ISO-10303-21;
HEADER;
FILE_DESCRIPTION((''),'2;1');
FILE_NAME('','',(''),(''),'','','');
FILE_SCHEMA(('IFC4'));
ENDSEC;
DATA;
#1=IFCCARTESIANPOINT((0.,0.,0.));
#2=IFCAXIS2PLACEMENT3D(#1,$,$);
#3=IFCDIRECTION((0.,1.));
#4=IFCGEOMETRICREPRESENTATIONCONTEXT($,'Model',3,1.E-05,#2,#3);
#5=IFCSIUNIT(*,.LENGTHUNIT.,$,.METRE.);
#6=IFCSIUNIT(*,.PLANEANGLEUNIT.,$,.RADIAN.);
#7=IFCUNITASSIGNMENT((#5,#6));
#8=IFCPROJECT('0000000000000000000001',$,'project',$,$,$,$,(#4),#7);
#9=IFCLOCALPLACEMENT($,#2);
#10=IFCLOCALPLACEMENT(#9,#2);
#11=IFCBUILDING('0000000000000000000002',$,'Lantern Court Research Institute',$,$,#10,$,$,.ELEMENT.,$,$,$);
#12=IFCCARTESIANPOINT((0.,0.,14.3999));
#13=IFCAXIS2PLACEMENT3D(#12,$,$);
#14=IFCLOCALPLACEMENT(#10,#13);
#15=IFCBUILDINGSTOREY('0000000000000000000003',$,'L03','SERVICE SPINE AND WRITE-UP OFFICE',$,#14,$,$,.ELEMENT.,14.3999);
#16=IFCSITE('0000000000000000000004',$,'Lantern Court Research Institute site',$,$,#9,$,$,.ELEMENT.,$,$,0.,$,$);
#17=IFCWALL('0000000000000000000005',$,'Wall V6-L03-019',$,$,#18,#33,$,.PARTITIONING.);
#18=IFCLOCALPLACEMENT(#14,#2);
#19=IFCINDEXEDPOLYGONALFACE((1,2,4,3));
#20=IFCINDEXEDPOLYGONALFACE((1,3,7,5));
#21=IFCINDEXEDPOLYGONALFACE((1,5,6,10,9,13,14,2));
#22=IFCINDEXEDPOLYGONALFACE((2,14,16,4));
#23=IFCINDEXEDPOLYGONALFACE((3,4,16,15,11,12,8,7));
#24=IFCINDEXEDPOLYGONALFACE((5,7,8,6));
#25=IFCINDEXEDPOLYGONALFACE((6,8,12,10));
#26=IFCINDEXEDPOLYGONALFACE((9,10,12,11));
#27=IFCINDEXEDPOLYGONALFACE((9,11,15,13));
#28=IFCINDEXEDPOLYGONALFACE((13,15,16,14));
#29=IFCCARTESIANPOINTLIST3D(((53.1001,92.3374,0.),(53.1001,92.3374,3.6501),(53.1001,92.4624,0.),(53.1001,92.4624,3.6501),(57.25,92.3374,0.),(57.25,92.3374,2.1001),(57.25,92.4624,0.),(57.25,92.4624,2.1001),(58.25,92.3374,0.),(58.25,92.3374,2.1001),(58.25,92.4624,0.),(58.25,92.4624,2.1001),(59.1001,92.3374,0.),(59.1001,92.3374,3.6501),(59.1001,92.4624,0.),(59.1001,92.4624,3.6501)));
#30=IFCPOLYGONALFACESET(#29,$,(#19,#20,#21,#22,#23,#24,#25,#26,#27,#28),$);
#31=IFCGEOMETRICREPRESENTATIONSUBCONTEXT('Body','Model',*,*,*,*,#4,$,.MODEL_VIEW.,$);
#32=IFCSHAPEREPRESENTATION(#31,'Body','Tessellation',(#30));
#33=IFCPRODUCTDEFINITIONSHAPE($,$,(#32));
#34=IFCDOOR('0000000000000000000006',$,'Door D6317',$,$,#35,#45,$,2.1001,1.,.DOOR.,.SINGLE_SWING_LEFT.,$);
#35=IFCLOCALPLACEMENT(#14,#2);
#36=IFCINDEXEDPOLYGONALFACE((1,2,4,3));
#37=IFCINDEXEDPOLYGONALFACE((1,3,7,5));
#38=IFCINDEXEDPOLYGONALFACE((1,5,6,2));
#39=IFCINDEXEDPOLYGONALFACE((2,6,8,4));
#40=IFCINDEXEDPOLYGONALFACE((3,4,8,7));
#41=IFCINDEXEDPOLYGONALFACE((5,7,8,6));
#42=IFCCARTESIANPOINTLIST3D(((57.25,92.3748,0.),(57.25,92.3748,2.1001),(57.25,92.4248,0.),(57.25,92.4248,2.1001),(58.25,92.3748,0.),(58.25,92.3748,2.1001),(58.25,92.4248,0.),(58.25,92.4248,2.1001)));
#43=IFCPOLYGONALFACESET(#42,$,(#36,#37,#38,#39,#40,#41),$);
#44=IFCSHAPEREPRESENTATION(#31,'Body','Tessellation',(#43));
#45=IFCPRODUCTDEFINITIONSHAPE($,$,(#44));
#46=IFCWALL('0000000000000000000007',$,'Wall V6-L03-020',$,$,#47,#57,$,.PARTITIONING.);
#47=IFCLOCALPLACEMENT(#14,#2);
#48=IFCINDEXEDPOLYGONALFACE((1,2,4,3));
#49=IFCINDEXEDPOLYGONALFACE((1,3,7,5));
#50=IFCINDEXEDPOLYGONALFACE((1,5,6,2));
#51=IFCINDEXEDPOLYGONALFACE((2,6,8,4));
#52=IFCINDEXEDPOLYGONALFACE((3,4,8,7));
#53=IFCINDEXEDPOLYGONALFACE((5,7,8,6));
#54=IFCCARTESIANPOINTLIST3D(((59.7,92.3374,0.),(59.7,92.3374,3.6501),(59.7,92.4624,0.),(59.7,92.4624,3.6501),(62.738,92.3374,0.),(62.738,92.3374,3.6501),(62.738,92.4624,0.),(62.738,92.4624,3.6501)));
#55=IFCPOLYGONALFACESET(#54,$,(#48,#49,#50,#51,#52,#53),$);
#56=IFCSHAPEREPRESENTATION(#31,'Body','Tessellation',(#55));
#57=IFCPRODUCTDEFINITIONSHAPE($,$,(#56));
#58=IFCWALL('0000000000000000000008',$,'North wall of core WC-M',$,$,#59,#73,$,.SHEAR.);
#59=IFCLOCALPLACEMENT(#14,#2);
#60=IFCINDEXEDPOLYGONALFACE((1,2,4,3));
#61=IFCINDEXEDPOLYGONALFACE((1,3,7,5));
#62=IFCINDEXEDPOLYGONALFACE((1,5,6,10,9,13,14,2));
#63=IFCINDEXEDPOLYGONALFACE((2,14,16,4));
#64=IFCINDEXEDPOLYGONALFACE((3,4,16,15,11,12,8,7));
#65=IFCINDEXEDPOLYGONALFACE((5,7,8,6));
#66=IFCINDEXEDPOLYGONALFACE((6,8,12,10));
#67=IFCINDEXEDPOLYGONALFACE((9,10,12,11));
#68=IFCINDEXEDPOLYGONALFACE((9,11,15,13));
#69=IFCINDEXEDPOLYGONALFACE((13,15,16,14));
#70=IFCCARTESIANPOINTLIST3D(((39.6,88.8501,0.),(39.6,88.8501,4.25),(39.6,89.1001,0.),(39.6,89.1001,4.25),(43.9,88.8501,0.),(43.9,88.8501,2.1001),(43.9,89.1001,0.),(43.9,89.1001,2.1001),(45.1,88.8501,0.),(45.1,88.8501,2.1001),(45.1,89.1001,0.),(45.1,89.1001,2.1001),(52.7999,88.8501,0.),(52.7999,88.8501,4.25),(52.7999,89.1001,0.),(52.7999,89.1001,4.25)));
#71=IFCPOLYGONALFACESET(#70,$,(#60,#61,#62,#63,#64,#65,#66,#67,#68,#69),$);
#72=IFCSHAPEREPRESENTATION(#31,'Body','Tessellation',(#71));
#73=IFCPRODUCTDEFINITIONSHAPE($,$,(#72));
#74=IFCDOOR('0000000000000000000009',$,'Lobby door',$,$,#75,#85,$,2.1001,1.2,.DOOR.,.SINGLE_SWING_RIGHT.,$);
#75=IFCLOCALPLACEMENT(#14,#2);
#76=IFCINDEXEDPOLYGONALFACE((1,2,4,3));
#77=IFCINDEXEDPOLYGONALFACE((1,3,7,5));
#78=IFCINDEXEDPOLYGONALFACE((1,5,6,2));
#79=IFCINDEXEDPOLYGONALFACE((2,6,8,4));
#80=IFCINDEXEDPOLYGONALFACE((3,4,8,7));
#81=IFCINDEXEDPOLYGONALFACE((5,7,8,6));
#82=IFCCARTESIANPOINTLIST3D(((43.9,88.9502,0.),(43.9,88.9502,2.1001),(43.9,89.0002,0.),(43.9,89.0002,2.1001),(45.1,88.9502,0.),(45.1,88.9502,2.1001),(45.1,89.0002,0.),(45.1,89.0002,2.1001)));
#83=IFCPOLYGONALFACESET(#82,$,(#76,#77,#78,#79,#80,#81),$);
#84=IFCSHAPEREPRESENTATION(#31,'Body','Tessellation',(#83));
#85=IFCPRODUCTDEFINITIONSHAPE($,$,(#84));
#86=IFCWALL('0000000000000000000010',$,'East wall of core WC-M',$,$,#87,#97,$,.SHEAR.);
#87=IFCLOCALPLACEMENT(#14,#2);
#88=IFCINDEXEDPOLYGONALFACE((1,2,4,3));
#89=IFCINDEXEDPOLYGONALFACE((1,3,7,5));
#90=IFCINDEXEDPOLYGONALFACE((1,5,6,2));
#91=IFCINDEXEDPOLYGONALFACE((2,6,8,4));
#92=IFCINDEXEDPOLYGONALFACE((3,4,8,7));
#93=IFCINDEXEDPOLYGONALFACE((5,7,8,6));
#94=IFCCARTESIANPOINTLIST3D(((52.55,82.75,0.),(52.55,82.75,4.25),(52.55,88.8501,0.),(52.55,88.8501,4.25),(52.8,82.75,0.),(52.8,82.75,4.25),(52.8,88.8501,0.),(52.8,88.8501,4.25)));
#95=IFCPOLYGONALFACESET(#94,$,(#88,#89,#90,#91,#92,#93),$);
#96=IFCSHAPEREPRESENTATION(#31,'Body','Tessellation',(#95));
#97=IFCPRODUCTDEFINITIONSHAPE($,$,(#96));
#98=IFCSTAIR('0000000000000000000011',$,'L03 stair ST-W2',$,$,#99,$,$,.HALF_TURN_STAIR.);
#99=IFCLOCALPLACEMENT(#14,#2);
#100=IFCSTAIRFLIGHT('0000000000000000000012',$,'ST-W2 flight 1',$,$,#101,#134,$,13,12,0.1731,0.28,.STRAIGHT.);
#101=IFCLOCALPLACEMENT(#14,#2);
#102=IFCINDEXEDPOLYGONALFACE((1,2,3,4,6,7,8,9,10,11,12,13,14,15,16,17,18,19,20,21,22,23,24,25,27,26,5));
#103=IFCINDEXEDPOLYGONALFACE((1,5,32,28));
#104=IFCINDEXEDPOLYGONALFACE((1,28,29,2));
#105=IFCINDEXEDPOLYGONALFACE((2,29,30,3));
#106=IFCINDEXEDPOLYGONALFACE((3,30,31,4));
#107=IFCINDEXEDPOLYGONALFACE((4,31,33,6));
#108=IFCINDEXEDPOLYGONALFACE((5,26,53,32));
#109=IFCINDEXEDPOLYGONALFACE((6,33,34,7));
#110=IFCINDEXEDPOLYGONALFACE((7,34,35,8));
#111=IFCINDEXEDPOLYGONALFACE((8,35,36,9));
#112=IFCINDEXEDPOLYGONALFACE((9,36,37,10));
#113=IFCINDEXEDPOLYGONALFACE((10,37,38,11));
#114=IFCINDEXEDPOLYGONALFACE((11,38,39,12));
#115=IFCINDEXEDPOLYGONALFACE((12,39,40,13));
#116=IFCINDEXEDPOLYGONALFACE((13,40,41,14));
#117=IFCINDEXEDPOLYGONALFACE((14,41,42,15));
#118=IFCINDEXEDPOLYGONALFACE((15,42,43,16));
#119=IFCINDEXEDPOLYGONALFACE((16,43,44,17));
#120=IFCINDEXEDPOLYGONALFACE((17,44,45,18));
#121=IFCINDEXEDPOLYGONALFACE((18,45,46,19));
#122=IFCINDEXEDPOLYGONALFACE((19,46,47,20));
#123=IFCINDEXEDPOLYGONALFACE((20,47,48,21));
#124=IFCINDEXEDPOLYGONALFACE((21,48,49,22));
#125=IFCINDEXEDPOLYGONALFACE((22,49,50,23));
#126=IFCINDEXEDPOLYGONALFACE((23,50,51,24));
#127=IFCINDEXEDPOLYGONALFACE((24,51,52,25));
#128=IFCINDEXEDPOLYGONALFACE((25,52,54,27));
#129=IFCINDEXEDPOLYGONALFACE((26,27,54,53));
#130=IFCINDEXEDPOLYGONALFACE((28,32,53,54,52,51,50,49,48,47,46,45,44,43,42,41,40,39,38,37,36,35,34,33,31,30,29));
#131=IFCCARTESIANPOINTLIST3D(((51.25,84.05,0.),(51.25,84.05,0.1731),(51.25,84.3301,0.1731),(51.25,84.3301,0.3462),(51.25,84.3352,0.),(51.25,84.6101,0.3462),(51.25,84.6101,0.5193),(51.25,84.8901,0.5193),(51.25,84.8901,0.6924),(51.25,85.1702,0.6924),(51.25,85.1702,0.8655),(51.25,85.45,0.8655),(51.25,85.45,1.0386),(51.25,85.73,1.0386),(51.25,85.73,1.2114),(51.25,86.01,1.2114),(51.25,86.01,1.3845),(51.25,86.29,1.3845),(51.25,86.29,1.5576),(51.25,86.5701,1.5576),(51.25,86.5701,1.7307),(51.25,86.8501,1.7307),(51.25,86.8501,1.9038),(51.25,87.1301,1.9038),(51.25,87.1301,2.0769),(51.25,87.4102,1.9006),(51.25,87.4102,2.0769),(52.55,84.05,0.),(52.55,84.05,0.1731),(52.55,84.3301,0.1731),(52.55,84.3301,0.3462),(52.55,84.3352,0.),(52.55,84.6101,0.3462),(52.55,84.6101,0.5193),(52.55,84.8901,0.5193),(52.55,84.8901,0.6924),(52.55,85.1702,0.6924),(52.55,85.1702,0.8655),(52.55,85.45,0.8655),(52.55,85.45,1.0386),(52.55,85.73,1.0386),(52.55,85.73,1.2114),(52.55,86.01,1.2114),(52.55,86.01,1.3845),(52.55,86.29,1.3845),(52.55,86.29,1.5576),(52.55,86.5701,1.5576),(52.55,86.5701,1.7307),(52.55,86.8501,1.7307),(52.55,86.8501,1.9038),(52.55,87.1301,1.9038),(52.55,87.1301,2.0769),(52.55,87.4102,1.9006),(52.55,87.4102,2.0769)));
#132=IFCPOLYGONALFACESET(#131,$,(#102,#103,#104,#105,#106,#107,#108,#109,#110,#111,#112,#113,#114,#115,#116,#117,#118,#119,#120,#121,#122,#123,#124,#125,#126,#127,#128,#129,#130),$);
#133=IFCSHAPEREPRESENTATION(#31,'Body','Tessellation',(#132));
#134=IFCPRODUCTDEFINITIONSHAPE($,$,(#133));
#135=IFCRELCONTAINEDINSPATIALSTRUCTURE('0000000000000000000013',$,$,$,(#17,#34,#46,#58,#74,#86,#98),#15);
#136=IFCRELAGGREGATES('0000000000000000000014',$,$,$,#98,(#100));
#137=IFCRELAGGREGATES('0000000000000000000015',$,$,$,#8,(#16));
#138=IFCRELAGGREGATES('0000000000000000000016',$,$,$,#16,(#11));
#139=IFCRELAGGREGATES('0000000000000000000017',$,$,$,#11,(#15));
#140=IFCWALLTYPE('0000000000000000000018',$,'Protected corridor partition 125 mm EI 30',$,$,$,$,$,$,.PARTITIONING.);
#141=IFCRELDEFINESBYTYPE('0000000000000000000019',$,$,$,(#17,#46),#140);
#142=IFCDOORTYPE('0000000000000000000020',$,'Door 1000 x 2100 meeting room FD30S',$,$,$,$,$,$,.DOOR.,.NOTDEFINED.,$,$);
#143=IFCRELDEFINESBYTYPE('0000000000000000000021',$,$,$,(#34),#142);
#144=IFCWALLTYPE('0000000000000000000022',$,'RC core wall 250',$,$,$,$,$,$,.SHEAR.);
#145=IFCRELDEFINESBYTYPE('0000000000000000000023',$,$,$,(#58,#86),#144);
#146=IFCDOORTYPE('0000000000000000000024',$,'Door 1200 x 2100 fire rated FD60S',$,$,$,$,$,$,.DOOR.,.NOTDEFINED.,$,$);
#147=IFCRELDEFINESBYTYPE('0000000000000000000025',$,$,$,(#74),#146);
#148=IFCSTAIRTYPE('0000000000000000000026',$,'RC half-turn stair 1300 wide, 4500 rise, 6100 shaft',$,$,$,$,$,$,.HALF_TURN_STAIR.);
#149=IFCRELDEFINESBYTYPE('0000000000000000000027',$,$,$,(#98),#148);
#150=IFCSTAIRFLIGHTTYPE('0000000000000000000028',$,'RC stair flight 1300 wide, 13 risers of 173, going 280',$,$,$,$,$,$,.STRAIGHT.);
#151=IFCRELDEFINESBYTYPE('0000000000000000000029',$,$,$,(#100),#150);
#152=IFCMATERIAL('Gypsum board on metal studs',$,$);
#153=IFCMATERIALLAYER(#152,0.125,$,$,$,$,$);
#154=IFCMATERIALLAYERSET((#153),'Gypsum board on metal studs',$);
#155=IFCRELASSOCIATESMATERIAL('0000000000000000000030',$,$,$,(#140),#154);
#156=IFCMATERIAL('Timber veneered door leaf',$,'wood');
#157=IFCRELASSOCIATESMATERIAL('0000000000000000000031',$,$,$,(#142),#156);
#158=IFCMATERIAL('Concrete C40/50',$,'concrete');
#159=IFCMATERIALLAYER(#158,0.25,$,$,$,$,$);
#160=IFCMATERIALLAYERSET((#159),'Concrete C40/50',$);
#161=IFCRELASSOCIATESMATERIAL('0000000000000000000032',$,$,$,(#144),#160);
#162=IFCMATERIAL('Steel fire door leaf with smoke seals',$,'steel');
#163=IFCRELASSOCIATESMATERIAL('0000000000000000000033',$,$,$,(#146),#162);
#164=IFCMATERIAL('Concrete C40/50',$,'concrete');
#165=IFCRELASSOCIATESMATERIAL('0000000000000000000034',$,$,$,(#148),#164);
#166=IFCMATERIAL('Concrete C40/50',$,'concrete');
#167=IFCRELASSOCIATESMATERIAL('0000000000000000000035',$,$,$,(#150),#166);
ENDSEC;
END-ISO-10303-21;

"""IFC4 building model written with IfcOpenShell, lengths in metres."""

from ifc_helpers import new_model, si_unit, direction, frame, frame_2d, origin, place, context, subcontext, project, spatial, polyline, rectangle, outline, extrude, material, layer, layer_set, type_object, element, fill, aggregate, save


model = new_model("IFC4")

# Units and contexts
model_context = context("Model", 3, precision=1e-05, world=origin(), true_north=direction((0.0, 1.0)))
body_context = subcontext(model_context, "Body", "Model", "MODEL_VIEW")
ifc_project = project(units=[si_unit("LENGTHUNIT", "METRE"), si_unit("PLANEANGLEUNIT", "RADIAN")], contexts=[model_context])

# Site, building, storey
site_placement = place(None, origin())
site = spatial("IfcSite", under=ifc_project, at=site_placement, Name="Lantern Court Research Institute site", CompositionType="ELEMENT", RefElevation=0.0)
building_placement = place(site_placement, origin())
building = spatial("IfcBuilding", under=site, at=building_placement, Name="Lantern Court Research Institute", CompositionType="ELEMENT")
storey_placement = place(building_placement, frame((0.0, 0.0, 14.3999)))
storey = spatial("IfcBuildingStorey", under=building, at=storey_placement, Name="L03", Description="SERVICE SPINE AND WRITE-UP OFFICE", CompositionType="ELEMENT", Elevation=14.3999)

# Shared definitions
ifc_material_1 = material(Name="Gypsum board on metal studs")
ifc_layer_1 = layer(ifc_material_1, 0.125)
ifc_layer_set_1 = layer_set([ifc_layer_1], Name="Gypsum board on metal studs")
wall_type_1 = type_object("IfcWallType", Name="Protected corridor partition 125 mm EI 30", PredefinedType="PARTITIONING", material=ifc_layer_set_1)

# Wall, opening, door
wall_1_placement = place(storey_placement, frame((53.1001, 92.3999, 0.0), z_axis=(0.0, 0.0, 1.0), x_axis=(1.0, 0.0, 0.0)))
wall_1 = element("IfcWall", 1, at=wall_1_placement, inside=storey, type_object=wall_type_1, Name="Wall V6-L03-019", PredefinedType="PARTITIONING", context=body_context, shape_type="SweptSolid", body=[
    extrude(rectangle(XDim=6.0, YDim=0.125, at=frame_2d((3.0, 0.0))), origin(), (0.0, 0.0, 1.0), 3.6501),
])
opening_1_placement = place(wall_1_placement, frame((4.1499, 0.0, 0.0)))
opening_1 = element("IfcOpeningElement", 2, at=opening_1_placement, cuts=wall_1, PredefinedType="OPENING", context=body_context, shape_type="SweptSolid", body=[
    extrude(rectangle(XDim=1.0, YDim=2.1001, at=frame_2d((0.5, 1.05))), frame((0.0, 0.0725, 0.0), z_axis=(0.0, -1.0, 0.0), x_axis=(1.0, 0.0, 0.0)), (0.0, 0.0, 1.0), 0.145),
])
ifc_material_2 = material(Name="Timber veneered door leaf", Category="wood")
door_type_1 = type_object("IfcDoorType", Name="Door 1000 x 2100 meeting room FD30S", OperationType="NOTDEFINED", PredefinedType="DOOR", material=ifc_material_2)
door_1_placement = place(opening_1_placement, origin())
door_1 = element("IfcDoor", 3, at=door_1_placement, inside=storey, type_object=door_type_1, Name="Door D6317", OperationType="SINGLE_SWING_LEFT", OverallHeight=2.1001, OverallWidth=1.0, PredefinedType="DOOR", context=body_context, shape_type="SweptSolid", body=[
    extrude(rectangle(XDim=1.0, YDim=2.1001, at=frame_2d((0.5, 1.05))), frame((0.0, 0.0249, 0.0), z_axis=(0.0, -1.0, 0.0), x_axis=(1.0, 0.0, 0.0)), (0.0, 0.0, 1.0), 0.05),
])
fill(opening_1, door_1)

# Wall
wall_2_placement = place(storey_placement, frame((59.7, 92.3999, 0.0), z_axis=(0.0, 0.0, 1.0), x_axis=(1.0, 0.0, 0.0)))
element("IfcWall", 4, at=wall_2_placement, inside=storey, type_object=wall_type_1, Name="Wall V6-L03-020", PredefinedType="PARTITIONING", context=body_context, shape_type="SweptSolid", body=[
    extrude(rectangle(XDim=3.0381, YDim=0.125, at=frame_2d((1.519, 0.0))), origin(), (0.0, 0.0, 1.0), 3.6501),
])

# Wall, opening, door
ifc_material_3 = material(Name="Concrete C40/50", Category="concrete")
ifc_layer_2 = layer(ifc_material_3, 0.25)
ifc_layer_set_2 = layer_set([ifc_layer_2], Name="Concrete C40/50")
wall_type_2 = type_object("IfcWallType", Name="RC core wall 250", PredefinedType="SHEAR", material=ifc_layer_set_2)
wall_3_placement = place(storey_placement, frame((52.8, 88.9751, 0.0), z_axis=(0.0, 0.0, 1.0), x_axis=(-1.0, 0.0, 0.0)))
wall_3 = element("IfcWall", 5, at=wall_3_placement, inside=storey, type_object=wall_type_2, Name="North wall of core WC-M", PredefinedType="SHEAR", context=body_context, shape_type="SweptSolid", body=[
    extrude(rectangle(XDim=13.2, YDim=0.25, at=frame_2d((6.6001, 0.0))), origin(), (0.0, 0.0, 1.0), 4.25),
])
opening_2_placement = place(wall_3_placement, frame((7.7, 0.0, 0.0)))
opening_2 = element("IfcOpeningElement", 6, at=opening_2_placement, cuts=wall_3, PredefinedType="OPENING", context=body_context, shape_type="SweptSolid", body=[
    extrude(rectangle(XDim=1.2, YDim=2.1001, at=frame_2d((0.6001, 1.05))), frame((0.0, 0.135, 0.0), z_axis=(0.0, -1.0, 0.0), x_axis=(1.0, 0.0, 0.0)), (0.0, 0.0, 1.0), 0.27),
])
ifc_material_4 = material(Name="Steel fire door leaf with smoke seals", Category="steel")
door_type_2 = type_object("IfcDoorType", Name="Door 1200 x 2100 fire rated FD60S", OperationType="NOTDEFINED", PredefinedType="DOOR", material=ifc_material_4)
door_2_placement = place(opening_2_placement, origin())
door_2 = element("IfcDoor", 7, at=door_2_placement, inside=storey, type_object=door_type_2, Name="Lobby door", OperationType="SINGLE_SWING_RIGHT", OverallHeight=2.1001, OverallWidth=1.2, PredefinedType="DOOR", context=body_context, shape_type="SweptSolid", body=[
    extrude(rectangle(XDim=1.2, YDim=2.1001, at=frame_2d((0.6001, 1.05))), frame((0.0, 0.0249, 0.0), z_axis=(0.0, -1.0, 0.0), x_axis=(1.0, 0.0, 0.0)), (0.0, 0.0, 1.0), 0.05),
])
fill(opening_2, door_2)

# Wall
wall_4_placement = place(storey_placement, frame((52.675, 88.8501, 0.0), z_axis=(0.0, 0.0, 1.0), x_axis=(0.0, -1.0, 0.0)))
element("IfcWall", 8, at=wall_4_placement, inside=storey, type_object=wall_type_2, Name="East wall of core WC-M", PredefinedType="SHEAR", context=body_context, shape_type="SweptSolid", body=[
    extrude(rectangle(XDim=6.1001, YDim=0.25, at=frame_2d((3.05, 0.0))), origin(), (0.0, 0.0, 1.0), 4.25),
])

# Stair, stair flight
ifc_material_5 = material(Name="Concrete C40/50", Category="concrete")
stair_type = type_object("IfcStairType", Name="RC half-turn stair 1300 wide, 4500 rise, 6100 shaft", PredefinedType="HALF_TURN_STAIR", material=ifc_material_5)
stair_placement = place(storey_placement, origin())
stair = element("IfcStair", 9, at=stair_placement, inside=storey, type_object=stair_type, Name="L03 stair ST-W2", PredefinedType="HALF_TURN_STAIR")
ifc_material_6 = material(Name="Concrete C40/50", Category="concrete")
stair_flight_type = type_object("IfcStairFlightType", Name="RC stair flight 1300 wide, 13 risers of 173, going 280", PredefinedType="STRAIGHT", material=ifc_material_6)
stair_flight_placement = place(storey_placement, frame((51.8999, 84.05, 0.0), z_axis=(0.0, 0.0, 1.0), x_axis=(0.0, 1.0, 0.0)))
stair_flight = element("IfcStairFlight", 10, at=stair_flight_placement, type_object=stair_flight_type, Name="ST-W2 flight 1", NumberOfRisers=13, NumberOfTreads=12, PredefinedType="STRAIGHT", RiserHeight=0.1731, TreadLength=0.28, context=body_context, shape_type="SweptSolid", body=[
    extrude(outline(polyline([(0.0, 0.0), (0.0, 0.1731), (0.28, 0.1731), (0.28, 0.3462), (0.5601, 0.3462), (0.5601, 0.5193), (0.8401, 0.5193), (0.8401, 0.6924), (1.1201, 0.6924), (1.1201, 0.8655), (1.3999, 0.8655), (1.3999, 1.0386), (1.6799, 1.0386), (1.6799, 1.2114), (1.96, 1.2114), (1.96, 1.3845), (2.24, 1.3845), (2.24, 1.5576), (2.52, 1.5576), (2.52, 1.7307), (2.8, 1.7307), (2.8, 1.9038), (3.0801, 1.9038), (3.0801, 2.0769), (3.3601, 2.0769), (3.3601, 2.25), (3.3601, 1.9006), (0.2852, 0.0), (0.0, 0.0)])), frame((0.0, 0.6499, 0.0), z_axis=(0.0, -1.0, 0.0), x_axis=(1.0, 0.0, 0.0)), (0.0, 0.0, 1.0), 1.3),
])
aggregate(stair, [stair_flight])

save(model, "model.ifc")
